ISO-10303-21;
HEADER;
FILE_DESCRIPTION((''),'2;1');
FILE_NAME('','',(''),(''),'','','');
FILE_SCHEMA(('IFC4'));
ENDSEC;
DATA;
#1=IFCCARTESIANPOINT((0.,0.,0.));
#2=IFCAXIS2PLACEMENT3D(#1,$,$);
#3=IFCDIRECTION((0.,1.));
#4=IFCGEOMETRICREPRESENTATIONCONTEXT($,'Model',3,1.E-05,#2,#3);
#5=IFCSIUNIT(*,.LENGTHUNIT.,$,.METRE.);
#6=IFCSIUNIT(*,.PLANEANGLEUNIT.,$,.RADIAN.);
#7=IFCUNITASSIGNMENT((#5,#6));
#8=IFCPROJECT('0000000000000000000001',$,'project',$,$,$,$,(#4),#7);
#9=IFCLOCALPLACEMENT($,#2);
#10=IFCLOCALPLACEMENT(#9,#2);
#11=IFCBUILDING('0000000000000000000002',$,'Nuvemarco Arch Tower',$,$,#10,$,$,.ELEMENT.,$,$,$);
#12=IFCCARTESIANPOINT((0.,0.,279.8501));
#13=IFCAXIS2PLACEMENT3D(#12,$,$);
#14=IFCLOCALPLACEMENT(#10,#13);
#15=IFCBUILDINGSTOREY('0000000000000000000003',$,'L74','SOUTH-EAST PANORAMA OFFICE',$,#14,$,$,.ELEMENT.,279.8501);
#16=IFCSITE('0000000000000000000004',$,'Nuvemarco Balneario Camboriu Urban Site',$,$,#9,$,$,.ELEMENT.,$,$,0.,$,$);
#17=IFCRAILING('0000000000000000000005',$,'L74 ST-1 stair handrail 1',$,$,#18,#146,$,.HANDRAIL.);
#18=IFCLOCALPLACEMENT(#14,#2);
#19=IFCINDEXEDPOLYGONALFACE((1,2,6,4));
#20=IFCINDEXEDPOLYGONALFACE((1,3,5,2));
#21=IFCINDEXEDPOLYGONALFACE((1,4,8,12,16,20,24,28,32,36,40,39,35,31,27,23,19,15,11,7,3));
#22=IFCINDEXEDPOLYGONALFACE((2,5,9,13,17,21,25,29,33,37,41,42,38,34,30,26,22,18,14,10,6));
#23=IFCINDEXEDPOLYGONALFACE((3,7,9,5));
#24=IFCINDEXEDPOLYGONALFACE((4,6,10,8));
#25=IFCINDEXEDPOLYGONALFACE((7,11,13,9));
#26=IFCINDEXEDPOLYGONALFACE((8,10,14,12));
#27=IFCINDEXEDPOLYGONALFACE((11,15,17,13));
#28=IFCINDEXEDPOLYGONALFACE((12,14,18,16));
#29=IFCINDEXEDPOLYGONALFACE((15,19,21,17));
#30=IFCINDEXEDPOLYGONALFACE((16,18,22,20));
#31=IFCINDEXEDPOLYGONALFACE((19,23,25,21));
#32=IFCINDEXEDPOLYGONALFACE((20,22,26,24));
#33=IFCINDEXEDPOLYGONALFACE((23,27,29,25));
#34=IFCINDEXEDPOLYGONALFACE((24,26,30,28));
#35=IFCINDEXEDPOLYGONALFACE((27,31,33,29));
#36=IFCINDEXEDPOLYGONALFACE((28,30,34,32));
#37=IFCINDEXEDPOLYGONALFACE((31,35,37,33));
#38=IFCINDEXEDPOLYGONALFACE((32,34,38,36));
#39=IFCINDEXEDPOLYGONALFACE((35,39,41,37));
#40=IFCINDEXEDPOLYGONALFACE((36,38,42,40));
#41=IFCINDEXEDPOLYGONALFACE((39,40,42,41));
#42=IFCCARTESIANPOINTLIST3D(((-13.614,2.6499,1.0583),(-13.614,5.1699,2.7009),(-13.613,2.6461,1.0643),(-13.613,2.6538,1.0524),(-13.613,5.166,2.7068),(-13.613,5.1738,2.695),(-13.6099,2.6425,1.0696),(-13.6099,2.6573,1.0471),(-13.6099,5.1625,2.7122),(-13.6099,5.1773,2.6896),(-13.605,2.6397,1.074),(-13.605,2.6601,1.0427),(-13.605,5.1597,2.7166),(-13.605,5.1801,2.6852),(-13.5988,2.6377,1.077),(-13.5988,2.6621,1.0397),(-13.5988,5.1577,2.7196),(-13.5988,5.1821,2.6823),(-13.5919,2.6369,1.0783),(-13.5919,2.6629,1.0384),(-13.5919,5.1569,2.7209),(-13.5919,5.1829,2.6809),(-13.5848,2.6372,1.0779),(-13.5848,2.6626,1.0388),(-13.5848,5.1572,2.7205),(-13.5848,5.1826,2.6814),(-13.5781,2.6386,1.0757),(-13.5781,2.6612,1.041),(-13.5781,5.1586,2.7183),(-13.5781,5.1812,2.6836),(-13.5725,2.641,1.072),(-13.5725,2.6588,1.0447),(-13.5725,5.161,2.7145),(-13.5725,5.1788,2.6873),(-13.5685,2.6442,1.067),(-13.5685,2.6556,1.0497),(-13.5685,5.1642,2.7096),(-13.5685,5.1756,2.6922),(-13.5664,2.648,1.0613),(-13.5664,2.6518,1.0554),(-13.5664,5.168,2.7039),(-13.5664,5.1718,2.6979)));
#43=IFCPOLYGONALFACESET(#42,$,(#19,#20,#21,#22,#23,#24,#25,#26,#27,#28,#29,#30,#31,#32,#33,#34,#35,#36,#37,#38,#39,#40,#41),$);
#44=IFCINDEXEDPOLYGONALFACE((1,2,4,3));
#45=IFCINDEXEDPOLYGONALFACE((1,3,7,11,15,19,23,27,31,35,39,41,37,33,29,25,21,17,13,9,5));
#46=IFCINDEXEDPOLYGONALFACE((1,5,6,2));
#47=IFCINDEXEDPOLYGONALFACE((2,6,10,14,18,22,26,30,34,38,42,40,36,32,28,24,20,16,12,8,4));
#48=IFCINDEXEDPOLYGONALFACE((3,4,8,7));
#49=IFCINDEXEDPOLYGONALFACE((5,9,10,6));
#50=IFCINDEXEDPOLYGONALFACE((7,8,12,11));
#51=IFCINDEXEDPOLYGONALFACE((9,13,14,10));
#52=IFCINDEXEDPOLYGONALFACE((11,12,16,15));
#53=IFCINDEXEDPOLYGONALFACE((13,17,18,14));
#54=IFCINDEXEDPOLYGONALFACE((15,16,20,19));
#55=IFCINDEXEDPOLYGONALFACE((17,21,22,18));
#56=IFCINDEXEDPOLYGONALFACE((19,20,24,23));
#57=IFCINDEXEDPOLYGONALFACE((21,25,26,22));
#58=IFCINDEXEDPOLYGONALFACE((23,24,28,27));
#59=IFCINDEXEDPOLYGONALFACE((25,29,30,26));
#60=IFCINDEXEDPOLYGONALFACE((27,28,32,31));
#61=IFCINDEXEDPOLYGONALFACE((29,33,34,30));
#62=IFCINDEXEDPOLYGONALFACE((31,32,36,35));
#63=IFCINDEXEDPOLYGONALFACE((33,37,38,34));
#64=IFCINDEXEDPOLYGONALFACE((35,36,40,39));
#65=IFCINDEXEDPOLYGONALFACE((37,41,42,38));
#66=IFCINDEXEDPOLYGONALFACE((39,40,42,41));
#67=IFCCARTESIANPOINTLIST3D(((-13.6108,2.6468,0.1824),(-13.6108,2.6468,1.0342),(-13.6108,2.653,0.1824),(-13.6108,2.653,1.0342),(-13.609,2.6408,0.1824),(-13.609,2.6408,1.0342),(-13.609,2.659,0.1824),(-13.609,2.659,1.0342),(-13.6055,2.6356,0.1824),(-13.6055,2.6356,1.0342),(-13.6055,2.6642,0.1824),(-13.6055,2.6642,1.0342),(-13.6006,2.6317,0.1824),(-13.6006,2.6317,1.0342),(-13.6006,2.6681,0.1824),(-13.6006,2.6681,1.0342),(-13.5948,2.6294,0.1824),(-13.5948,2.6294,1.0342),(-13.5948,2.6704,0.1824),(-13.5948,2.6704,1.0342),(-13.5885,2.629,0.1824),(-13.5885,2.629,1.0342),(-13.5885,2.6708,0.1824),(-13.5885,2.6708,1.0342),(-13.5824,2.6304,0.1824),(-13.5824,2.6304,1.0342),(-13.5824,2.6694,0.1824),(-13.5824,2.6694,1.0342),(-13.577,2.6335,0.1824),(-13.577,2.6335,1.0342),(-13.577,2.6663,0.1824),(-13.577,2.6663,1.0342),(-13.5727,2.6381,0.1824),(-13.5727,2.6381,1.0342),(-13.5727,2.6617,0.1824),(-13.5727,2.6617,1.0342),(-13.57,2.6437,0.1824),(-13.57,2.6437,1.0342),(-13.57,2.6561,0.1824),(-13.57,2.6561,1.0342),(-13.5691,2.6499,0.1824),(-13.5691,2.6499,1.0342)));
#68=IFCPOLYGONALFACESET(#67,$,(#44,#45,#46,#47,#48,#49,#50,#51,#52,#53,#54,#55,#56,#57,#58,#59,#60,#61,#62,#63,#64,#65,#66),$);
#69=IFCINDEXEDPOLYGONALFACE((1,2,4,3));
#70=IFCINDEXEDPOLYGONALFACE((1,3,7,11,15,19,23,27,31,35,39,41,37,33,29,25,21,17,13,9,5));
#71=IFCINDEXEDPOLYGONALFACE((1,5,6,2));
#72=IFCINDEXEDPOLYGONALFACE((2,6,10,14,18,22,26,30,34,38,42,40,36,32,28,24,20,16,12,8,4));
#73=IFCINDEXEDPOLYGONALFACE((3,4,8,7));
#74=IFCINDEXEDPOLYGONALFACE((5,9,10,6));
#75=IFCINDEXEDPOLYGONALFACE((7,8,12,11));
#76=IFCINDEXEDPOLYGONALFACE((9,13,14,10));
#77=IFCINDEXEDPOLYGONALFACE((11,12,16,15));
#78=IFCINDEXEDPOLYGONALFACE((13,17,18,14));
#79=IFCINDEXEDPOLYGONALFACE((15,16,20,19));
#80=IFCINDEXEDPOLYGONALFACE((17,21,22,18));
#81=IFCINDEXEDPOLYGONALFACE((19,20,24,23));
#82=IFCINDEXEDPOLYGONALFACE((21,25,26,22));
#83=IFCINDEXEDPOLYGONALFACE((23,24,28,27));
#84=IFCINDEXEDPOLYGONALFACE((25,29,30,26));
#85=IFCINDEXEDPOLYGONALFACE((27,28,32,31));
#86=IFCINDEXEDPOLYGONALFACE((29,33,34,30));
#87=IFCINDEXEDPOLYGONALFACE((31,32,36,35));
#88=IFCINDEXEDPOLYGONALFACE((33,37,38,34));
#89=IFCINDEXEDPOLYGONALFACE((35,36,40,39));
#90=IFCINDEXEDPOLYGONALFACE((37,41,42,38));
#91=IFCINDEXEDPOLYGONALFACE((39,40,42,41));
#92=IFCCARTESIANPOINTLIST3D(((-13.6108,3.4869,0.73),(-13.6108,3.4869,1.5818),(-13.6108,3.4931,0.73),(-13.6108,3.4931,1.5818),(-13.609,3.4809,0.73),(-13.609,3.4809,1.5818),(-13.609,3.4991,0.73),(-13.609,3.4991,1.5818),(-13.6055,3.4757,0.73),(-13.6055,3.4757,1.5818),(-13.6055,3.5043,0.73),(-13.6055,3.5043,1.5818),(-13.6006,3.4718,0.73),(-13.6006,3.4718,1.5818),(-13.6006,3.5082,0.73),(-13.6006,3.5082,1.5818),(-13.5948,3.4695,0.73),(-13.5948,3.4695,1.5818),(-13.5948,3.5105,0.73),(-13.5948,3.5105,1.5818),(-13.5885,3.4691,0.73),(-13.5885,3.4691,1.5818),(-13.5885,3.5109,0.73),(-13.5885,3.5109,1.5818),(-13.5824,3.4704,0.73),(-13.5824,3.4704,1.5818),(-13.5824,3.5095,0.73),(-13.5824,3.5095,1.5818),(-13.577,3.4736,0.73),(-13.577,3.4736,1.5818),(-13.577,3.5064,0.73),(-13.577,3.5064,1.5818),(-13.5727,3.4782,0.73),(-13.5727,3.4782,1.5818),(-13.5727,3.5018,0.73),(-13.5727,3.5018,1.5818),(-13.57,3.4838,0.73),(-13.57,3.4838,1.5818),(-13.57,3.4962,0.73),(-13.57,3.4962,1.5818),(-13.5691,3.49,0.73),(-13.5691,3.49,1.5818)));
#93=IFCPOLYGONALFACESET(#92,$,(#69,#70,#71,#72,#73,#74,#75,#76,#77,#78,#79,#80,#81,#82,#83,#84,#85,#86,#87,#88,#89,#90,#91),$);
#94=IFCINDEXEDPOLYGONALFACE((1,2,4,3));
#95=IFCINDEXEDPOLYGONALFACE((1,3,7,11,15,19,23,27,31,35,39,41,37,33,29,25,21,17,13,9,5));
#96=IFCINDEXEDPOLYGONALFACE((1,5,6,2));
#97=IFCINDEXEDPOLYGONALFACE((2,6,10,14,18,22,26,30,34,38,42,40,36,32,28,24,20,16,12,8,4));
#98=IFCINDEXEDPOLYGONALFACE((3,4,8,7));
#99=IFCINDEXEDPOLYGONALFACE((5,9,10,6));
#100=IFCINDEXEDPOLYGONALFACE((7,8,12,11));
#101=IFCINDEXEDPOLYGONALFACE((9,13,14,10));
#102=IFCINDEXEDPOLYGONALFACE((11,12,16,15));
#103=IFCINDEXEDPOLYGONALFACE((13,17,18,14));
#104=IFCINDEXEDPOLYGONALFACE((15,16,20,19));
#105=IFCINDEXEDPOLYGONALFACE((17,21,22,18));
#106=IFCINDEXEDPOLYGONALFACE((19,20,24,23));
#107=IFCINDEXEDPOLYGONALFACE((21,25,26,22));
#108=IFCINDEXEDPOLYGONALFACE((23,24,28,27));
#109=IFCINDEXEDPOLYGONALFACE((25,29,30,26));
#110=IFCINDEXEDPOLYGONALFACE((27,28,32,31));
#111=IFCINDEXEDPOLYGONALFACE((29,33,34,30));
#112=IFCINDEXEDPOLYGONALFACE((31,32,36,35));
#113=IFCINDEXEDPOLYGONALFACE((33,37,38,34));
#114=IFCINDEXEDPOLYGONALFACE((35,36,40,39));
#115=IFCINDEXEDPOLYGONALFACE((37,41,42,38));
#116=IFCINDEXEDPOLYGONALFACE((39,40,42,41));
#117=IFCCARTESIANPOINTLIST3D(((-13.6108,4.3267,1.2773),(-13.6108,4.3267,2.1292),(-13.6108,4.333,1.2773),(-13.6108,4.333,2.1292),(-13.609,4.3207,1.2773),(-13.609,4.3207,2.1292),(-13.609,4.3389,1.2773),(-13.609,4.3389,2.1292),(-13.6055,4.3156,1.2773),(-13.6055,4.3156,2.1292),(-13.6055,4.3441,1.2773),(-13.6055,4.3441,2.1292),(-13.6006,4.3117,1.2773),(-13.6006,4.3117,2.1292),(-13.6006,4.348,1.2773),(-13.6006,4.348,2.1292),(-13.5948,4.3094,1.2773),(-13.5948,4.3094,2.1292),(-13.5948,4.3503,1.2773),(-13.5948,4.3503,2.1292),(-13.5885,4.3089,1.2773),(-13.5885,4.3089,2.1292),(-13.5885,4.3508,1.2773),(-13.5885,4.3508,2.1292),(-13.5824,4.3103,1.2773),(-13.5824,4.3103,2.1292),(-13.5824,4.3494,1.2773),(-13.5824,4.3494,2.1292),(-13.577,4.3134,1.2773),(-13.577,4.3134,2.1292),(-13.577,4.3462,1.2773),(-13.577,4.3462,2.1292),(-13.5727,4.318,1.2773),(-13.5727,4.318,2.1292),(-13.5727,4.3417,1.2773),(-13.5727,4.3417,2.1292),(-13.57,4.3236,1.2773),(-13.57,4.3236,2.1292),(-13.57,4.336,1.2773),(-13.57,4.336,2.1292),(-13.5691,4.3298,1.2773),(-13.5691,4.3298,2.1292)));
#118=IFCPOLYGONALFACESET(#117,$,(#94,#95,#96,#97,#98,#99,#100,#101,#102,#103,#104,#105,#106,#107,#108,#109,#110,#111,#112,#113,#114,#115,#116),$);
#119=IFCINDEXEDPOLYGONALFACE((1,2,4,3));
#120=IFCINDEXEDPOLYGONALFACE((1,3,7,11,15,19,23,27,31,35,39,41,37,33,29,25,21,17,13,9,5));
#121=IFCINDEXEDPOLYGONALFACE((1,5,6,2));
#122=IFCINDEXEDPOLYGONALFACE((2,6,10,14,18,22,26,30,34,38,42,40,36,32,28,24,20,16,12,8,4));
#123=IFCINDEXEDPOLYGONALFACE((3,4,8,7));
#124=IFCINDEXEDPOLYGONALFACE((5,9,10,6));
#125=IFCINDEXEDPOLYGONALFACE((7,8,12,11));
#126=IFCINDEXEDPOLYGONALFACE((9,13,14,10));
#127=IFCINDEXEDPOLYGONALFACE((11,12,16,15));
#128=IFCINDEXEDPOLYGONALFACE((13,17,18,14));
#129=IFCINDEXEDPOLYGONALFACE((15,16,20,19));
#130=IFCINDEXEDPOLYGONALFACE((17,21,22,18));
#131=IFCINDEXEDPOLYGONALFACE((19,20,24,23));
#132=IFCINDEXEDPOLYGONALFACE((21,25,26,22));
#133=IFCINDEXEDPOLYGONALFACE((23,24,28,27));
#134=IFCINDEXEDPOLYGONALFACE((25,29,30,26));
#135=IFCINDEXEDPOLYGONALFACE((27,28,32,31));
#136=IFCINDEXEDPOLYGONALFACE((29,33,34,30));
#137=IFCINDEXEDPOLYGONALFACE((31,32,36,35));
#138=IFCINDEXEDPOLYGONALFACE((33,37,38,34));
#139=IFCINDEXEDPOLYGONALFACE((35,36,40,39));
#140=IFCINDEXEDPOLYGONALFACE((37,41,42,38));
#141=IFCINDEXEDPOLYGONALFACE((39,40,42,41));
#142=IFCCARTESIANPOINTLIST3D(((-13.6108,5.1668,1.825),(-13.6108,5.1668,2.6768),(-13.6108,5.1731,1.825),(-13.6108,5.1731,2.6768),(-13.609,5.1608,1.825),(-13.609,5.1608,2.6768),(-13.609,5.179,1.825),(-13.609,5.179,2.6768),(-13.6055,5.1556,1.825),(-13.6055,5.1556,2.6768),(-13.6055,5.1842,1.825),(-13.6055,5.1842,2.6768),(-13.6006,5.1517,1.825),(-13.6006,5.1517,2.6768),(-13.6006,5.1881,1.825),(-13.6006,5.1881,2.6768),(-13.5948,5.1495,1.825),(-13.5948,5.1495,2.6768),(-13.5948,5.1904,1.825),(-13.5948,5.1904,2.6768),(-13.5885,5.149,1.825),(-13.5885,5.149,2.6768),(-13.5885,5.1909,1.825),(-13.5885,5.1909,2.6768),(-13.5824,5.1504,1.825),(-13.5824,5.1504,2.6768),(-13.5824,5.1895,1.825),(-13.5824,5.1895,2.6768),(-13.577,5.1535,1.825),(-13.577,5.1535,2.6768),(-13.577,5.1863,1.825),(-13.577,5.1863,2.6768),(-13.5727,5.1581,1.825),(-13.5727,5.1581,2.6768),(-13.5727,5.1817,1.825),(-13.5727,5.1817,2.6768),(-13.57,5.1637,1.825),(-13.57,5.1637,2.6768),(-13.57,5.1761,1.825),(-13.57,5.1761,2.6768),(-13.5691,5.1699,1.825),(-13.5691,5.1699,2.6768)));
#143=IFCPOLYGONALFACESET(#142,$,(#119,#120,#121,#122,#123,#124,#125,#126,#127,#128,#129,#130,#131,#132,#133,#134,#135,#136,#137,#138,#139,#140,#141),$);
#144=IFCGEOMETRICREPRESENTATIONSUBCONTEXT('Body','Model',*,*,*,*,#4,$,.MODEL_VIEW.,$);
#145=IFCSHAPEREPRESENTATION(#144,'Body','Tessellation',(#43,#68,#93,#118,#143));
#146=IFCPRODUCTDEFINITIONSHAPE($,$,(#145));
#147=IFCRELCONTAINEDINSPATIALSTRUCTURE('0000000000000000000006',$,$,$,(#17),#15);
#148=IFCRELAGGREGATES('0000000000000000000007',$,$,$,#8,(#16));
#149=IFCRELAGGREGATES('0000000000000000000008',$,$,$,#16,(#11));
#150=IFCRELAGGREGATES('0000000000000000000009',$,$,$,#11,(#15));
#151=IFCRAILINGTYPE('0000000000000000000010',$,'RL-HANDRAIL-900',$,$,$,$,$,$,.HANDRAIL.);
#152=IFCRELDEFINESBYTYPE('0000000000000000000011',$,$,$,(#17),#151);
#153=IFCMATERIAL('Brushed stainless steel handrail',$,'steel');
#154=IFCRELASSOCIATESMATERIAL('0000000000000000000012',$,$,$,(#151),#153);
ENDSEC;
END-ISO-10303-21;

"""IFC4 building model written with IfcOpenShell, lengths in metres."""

from ifc_helpers import new_model, si_unit, direction, frame, origin, origin_2d, place, context, subcontext, project, spatial, circle, extrude, material, type_object, element, save


model = new_model("IFC4")

# Units and contexts
model_context = context("Model", 3, precision=1e-05, world=origin(), true_north=direction((0.0, 1.0)))
body_context = subcontext(model_context, "Body", "Model", "MODEL_VIEW")
ifc_project = project(units=[si_unit("LENGTHUNIT", "METRE"), si_unit("PLANEANGLEUNIT", "RADIAN")], contexts=[model_context])

# Site, building, storey
site_placement = place(None, origin())
site = spatial("IfcSite", under=ifc_project, at=site_placement, Name="Nuvemarco Balneario Camboriu Urban Site", CompositionType="ELEMENT", RefElevation=0.0)
building_placement = place(site_placement, origin())
building = spatial("IfcBuilding", under=site, at=building_placement, Name="Nuvemarco Arch Tower", CompositionType="ELEMENT")
storey_placement = place(building_placement, frame((0.0, 0.0, 279.8501)))
storey = spatial("IfcBuildingStorey", under=building, at=storey_placement, Name="L74", Description="SOUTH-EAST PANORAMA OFFICE", CompositionType="ELEMENT", Elevation=279.8501)

# Railing
ifc_material_1 = material(Name="Brushed stainless steel handrail", Category="steel")
railing_type_1 = type_object("IfcRailingType", Name="RL-HANDRAIL-900", PredefinedType="HANDRAIL", material=ifc_material_1)
railing_1_placement = place(storey_placement, frame((-13.5901, 2.6499, 0.1824)))
element("IfcRailing", 1, at=railing_1_placement, inside=storey, type_object=railing_type_1, Name="L74 ST-1 stair handrail 1", PredefinedType="HANDRAIL", context=body_context, shape_type="SweptSolid", body=[
    extrude(circle(Radius=0.0239, at=origin_2d()), frame((0.0, 0.0, 0.876), z_axis=(0.0, 0.837749, 0.546055), x_axis=(-1.0, 0.0, 0.0)), (0.0, 0.0, 1.0), 3.0081),
    extrude(circle(Radius=0.021, at=origin_2d()), origin(), (0.0, 0.0, 1.0), 0.8518),
    extrude(circle(Radius=0.021, at=origin_2d()), frame((0.0, 0.8401, 0.5476)), (0.0, 0.0, 1.0), 0.8518),
    extrude(circle(Radius=0.021, at=origin_2d()), frame((0.0, 1.6799, 1.095)), (0.0, 0.0, 1.0), 0.8518),
    extrude(circle(Radius=0.021, at=origin_2d()), frame((0.0, 2.52, 1.6426)), (0.0, 0.0, 1.0), 0.8518),
])

save(model, "model.ifc")
